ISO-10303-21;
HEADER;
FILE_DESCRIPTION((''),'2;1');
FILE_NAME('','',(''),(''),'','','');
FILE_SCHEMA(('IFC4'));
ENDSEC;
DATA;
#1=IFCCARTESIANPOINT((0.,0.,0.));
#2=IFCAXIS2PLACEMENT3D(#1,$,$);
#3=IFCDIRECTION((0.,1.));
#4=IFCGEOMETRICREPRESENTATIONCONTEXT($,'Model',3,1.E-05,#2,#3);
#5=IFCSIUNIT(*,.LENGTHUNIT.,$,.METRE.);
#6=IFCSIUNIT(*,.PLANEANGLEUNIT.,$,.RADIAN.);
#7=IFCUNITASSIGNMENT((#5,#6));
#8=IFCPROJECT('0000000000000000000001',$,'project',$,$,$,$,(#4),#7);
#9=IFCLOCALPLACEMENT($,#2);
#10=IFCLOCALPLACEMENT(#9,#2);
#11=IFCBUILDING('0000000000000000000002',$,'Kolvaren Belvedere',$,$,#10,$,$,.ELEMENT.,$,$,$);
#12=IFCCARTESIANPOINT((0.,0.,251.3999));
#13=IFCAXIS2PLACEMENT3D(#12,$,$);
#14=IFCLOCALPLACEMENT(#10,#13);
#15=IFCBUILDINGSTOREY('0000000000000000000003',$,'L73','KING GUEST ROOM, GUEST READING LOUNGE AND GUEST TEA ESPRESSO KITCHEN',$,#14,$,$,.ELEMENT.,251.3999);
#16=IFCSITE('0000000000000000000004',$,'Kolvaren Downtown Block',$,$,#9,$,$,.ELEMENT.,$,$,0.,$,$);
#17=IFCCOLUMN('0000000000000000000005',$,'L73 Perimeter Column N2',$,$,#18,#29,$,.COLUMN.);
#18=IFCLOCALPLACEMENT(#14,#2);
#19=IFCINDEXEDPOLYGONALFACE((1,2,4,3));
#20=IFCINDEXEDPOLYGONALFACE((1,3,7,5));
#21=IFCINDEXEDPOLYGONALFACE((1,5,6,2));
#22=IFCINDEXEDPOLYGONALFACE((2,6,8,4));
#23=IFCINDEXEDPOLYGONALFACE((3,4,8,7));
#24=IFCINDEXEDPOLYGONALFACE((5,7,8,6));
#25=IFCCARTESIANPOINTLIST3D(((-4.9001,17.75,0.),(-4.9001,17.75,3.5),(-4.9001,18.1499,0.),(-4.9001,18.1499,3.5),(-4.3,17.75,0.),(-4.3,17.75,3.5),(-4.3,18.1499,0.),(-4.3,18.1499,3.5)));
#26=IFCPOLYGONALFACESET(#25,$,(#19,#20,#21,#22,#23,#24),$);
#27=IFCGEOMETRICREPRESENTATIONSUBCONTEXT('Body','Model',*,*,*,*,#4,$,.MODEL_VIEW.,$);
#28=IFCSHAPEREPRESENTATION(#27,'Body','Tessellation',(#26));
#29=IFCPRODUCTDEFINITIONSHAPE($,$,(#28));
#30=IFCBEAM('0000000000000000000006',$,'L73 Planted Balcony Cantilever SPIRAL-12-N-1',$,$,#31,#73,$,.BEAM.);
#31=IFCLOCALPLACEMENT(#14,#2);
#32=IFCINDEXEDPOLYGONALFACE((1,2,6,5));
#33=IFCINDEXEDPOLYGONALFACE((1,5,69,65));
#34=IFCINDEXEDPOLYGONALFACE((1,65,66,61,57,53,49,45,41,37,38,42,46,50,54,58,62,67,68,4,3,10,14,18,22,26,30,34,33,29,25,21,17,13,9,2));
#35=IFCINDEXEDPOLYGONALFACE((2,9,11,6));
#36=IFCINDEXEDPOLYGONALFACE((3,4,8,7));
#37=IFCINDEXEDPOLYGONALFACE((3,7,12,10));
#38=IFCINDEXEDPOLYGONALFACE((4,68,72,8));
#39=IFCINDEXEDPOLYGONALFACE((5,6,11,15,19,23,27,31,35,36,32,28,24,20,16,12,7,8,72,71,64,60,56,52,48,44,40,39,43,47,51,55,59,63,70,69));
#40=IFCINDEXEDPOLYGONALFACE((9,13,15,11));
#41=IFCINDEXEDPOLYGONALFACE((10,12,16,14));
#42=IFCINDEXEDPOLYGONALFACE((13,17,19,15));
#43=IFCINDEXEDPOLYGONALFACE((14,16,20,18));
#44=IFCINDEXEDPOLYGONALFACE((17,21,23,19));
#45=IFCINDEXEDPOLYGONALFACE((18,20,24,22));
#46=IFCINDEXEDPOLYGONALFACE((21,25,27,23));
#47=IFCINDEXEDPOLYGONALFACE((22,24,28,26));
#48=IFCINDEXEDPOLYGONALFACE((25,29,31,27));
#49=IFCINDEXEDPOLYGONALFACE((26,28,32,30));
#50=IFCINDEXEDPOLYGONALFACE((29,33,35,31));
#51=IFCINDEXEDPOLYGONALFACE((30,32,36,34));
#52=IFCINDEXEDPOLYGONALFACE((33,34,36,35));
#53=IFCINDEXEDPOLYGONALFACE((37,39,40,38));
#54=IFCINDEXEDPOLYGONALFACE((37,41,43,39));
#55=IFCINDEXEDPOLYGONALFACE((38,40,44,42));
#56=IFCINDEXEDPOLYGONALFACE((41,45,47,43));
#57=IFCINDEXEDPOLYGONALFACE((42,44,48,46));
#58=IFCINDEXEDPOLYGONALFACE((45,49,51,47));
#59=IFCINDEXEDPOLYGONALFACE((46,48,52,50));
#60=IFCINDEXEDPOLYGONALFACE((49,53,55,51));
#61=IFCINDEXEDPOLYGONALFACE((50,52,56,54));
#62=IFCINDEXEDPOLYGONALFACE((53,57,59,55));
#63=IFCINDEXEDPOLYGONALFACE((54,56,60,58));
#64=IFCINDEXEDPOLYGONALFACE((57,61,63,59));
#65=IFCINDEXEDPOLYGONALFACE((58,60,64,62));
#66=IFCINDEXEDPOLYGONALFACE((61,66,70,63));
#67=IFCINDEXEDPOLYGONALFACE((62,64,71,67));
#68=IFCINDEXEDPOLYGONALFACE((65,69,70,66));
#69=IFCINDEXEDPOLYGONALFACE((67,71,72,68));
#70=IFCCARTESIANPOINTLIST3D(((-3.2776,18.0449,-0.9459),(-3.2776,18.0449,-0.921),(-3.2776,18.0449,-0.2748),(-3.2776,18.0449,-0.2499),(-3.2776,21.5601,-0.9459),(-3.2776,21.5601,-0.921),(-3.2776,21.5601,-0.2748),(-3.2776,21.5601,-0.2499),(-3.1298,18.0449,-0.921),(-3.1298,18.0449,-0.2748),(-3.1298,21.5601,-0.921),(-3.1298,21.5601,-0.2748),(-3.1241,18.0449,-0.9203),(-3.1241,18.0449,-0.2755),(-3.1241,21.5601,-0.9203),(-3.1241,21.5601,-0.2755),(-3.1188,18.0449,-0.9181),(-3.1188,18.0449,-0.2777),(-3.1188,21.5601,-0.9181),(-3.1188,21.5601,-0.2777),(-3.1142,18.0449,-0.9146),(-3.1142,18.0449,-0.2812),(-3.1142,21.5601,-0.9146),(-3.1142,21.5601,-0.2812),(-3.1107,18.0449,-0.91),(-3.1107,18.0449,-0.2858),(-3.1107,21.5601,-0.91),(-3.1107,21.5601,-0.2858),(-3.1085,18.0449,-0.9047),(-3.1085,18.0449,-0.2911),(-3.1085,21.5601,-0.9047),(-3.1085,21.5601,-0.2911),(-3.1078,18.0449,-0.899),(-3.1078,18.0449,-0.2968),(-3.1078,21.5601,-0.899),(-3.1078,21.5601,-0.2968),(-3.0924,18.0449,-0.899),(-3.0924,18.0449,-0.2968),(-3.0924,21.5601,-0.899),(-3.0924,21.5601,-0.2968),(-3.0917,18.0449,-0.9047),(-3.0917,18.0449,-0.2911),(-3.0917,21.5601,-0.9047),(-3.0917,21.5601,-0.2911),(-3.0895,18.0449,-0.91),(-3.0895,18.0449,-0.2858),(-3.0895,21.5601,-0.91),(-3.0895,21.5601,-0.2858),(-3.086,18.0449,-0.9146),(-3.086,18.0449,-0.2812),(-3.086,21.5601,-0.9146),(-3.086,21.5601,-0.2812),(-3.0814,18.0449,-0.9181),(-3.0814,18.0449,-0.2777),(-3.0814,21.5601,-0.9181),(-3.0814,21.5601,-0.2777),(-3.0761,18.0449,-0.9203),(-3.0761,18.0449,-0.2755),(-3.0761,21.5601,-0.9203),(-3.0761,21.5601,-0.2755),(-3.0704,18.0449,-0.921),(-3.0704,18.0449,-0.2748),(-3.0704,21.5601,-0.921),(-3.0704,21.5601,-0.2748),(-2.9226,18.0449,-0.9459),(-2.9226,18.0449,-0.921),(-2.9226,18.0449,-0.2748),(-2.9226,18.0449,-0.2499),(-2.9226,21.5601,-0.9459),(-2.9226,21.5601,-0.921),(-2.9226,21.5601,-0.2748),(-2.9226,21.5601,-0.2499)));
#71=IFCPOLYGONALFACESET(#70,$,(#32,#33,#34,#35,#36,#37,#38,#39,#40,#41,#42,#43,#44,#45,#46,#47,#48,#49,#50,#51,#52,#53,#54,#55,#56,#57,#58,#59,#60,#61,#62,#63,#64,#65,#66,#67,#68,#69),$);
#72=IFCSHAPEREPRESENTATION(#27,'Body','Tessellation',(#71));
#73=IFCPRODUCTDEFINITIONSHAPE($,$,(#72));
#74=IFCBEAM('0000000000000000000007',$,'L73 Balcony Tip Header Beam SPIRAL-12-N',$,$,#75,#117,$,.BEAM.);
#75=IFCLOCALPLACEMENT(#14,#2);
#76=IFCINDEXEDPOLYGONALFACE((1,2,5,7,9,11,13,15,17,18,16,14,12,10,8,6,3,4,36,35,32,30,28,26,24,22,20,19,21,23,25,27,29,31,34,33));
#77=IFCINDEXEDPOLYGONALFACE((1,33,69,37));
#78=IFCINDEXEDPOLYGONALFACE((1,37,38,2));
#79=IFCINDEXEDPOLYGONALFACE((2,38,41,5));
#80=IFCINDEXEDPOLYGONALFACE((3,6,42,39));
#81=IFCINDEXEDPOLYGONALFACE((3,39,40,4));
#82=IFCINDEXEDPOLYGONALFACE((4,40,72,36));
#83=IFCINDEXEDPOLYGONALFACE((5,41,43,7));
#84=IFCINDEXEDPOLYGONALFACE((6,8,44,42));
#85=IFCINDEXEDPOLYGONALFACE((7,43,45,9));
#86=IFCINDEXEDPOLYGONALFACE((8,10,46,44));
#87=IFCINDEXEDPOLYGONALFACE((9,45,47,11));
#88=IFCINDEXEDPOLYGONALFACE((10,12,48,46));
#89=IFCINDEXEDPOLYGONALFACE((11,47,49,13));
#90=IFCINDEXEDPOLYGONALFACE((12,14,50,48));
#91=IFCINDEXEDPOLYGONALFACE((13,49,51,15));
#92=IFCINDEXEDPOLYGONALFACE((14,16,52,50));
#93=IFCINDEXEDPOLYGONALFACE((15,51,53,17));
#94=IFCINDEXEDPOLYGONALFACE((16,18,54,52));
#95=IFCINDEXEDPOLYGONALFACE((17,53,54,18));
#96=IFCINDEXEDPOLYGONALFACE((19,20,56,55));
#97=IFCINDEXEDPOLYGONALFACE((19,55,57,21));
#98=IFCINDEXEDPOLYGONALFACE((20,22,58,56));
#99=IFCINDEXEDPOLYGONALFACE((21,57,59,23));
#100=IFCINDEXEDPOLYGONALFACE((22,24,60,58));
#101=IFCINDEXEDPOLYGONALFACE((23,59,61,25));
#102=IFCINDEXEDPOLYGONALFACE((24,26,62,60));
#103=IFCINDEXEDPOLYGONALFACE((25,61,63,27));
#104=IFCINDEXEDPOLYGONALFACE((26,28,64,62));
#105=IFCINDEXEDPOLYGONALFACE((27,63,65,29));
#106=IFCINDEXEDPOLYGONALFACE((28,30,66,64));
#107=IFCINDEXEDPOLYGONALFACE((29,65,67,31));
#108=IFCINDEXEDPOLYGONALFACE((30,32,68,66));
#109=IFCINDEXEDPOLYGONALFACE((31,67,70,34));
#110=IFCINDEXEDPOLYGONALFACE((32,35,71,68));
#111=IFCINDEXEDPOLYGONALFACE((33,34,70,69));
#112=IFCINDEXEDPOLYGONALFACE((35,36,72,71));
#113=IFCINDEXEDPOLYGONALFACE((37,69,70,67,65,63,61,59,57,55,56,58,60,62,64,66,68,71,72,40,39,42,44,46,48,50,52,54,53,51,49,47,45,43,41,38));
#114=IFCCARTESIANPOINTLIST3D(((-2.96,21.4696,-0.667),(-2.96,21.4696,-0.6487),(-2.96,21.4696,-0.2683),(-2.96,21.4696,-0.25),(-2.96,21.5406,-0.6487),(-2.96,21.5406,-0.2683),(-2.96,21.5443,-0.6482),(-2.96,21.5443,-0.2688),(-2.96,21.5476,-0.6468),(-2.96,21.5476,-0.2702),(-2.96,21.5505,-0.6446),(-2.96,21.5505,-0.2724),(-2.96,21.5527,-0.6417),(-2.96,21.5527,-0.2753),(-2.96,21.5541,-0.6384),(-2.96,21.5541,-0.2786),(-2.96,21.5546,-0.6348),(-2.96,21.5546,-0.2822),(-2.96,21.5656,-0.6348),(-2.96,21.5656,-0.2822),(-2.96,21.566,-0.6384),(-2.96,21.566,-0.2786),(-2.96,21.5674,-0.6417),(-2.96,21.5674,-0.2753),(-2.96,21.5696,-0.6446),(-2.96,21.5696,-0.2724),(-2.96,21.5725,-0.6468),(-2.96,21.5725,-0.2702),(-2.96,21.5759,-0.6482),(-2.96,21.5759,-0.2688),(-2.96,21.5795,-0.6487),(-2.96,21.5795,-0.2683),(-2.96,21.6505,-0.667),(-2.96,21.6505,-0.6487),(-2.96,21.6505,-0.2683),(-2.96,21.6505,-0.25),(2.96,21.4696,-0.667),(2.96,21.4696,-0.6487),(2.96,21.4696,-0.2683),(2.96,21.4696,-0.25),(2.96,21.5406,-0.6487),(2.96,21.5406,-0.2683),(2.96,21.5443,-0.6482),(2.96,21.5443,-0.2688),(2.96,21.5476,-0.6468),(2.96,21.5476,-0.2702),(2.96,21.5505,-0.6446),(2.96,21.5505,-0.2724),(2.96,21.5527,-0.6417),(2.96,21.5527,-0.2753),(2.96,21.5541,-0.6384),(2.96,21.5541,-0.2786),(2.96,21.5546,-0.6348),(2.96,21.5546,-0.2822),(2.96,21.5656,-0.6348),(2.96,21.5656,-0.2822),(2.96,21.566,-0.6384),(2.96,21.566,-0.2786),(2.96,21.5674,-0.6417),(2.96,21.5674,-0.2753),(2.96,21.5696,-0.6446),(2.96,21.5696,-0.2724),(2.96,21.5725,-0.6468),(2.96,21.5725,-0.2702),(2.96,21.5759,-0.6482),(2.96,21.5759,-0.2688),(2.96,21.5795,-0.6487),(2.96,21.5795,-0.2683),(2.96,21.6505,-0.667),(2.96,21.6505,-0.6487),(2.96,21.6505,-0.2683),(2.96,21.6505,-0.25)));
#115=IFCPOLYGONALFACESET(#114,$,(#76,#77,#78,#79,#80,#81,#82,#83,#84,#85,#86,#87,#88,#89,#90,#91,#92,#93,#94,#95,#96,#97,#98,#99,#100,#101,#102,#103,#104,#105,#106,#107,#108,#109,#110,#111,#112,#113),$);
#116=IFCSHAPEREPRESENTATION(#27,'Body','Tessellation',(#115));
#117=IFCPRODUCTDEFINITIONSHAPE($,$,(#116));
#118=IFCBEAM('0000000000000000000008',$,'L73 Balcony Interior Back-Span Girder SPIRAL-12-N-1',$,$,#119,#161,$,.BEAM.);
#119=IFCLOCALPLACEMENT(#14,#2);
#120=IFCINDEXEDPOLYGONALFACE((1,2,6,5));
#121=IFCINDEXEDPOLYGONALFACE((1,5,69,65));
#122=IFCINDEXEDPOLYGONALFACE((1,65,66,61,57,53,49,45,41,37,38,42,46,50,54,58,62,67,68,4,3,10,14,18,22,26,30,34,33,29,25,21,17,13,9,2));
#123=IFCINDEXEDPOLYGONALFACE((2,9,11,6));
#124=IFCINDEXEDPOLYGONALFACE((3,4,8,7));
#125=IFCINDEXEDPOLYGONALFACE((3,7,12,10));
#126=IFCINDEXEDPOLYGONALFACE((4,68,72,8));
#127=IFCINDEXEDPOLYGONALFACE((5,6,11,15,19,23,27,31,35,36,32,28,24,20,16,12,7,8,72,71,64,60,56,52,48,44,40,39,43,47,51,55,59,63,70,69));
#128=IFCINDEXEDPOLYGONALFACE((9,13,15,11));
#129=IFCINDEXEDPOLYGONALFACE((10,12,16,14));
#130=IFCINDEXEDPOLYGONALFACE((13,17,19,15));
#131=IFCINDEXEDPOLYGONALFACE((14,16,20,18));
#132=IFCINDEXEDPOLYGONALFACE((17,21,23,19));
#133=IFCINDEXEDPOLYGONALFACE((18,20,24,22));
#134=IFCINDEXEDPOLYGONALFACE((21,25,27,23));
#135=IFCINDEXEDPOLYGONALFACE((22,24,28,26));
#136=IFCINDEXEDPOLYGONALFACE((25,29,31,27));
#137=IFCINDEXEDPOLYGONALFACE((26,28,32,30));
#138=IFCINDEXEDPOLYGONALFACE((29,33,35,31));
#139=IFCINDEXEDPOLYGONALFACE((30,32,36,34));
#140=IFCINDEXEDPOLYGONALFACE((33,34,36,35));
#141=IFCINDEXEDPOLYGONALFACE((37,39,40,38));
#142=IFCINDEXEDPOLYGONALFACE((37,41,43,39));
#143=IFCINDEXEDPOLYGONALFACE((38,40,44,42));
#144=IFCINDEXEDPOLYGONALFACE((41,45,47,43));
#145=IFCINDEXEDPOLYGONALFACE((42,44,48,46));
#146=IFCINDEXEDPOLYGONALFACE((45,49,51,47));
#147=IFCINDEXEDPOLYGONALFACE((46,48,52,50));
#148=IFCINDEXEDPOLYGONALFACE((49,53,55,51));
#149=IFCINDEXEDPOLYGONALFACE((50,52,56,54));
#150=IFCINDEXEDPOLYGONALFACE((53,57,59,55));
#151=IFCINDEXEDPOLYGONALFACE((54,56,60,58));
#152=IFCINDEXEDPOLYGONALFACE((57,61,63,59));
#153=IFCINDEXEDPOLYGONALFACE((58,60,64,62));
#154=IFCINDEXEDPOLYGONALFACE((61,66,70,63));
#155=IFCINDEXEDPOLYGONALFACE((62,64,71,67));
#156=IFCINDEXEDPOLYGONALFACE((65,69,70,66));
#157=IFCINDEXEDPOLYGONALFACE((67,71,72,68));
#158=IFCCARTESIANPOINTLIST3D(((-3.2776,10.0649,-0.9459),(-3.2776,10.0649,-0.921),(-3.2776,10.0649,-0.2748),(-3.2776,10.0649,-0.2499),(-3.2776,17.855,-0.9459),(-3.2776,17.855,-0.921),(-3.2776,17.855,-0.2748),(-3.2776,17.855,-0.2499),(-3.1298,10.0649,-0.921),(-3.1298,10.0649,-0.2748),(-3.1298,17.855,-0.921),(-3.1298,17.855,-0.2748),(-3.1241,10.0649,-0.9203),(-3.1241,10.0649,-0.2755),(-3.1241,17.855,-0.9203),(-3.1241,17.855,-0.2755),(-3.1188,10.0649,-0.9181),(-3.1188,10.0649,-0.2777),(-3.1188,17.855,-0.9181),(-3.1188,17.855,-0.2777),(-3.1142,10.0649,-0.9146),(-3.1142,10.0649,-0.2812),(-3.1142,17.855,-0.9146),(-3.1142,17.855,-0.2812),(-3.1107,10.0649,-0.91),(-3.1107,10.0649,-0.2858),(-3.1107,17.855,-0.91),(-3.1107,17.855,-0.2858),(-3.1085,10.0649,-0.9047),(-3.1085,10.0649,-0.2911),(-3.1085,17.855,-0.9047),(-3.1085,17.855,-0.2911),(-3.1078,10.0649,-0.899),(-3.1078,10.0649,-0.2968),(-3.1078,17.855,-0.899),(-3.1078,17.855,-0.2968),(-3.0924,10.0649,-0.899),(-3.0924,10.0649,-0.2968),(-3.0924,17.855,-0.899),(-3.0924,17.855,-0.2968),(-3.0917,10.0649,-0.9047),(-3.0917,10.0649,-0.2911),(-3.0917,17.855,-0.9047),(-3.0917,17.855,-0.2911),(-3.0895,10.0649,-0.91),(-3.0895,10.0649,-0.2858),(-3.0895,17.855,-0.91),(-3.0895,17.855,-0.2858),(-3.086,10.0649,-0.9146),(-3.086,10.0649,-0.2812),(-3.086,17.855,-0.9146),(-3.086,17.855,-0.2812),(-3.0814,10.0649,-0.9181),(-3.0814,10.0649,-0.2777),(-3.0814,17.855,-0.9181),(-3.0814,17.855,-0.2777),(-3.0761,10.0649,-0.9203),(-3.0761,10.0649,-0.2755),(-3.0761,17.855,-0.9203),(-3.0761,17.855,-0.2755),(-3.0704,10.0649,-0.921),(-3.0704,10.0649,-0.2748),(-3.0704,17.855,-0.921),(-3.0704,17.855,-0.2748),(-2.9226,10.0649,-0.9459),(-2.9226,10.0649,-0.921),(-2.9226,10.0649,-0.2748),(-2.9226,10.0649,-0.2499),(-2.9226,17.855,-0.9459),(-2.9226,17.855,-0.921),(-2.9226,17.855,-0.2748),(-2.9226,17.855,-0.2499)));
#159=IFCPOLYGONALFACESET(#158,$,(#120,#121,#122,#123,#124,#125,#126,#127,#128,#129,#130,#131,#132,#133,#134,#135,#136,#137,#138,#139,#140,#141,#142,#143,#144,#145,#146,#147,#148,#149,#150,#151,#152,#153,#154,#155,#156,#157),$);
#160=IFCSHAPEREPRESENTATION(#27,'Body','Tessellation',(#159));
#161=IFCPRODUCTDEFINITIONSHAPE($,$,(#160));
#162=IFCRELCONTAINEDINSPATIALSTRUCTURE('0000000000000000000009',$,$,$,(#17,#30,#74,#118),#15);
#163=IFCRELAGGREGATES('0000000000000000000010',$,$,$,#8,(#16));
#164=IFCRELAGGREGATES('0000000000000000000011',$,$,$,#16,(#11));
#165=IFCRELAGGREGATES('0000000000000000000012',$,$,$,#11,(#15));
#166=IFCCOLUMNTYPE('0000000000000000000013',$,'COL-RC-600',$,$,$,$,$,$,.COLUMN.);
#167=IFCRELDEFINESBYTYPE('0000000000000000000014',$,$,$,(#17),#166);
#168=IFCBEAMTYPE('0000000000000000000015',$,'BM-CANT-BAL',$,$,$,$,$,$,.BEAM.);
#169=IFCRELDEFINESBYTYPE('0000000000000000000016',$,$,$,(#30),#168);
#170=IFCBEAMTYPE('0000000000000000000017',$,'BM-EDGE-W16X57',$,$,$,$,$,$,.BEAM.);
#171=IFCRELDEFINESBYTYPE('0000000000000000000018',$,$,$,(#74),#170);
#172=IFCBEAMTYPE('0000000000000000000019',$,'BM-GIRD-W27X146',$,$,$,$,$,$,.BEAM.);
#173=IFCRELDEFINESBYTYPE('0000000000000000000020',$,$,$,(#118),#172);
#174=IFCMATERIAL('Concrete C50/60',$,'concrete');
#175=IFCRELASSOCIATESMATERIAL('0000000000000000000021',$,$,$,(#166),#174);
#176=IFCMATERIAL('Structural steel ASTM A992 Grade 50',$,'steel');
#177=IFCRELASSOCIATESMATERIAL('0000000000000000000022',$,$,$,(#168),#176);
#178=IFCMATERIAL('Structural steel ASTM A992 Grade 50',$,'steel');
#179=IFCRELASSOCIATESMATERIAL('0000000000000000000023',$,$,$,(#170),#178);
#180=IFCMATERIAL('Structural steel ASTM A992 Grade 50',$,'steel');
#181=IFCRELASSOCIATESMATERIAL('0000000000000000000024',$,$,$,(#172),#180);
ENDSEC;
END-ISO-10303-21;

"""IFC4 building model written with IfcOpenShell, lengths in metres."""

from ifc_helpers import new_model, si_unit, direction, frame, origin, origin_2d, place, context, subcontext, project, spatial, rectangle, i_section, extrude, material, material_profile, profile_set, type_object, element, save


model = new_model("IFC4")

# Units and contexts
model_context = context("Model", 3, precision=1e-05, world=origin(), true_north=direction((0.0, 1.0)))
body_context = subcontext(model_context, "Body", "Model", "MODEL_VIEW")
ifc_project = project(units=[si_unit("LENGTHUNIT", "METRE"), si_unit("PLANEANGLEUNIT", "RADIAN")], contexts=[model_context])

# Site, building, storey
site_placement = place(None, origin())
site = spatial("IfcSite", under=ifc_project, at=site_placement, Name="Kolvaren Downtown Block", CompositionType="ELEMENT", RefElevation=0.0)
building_placement = place(site_placement, origin())
building = spatial("IfcBuilding", under=site, at=building_placement, Name="Kolvaren Belvedere", CompositionType="ELEMENT")
storey_placement = place(building_placement, frame((0.0, 0.0, 251.3999)))
storey = spatial("IfcBuildingStorey", under=building, at=storey_placement, Name="L73", Description="KING GUEST ROOM, GUEST READING LOUNGE AND GUEST TEA ESPRESSO KITCHEN", CompositionType="ELEMENT", Elevation=251.3999)

# Column
ifc_material_1 = material(Name="Concrete C50/60", Category="concrete")
ifc_material_profile_1 = material_profile(ifc_material_1, rectangle(XDim=0.6001, YDim=0.3999, at=origin_2d()), Name="RC 600X400")
ifc_profile_set_1 = profile_set([ifc_material_profile_1], Name="Concrete C50/60")
column_type = type_object("IfcColumnType", Name="COL-RC-600", PredefinedType="COLUMN", material=ifc_profile_set_1)
column_placement = place(storey_placement, frame((-4.6001, 17.95, 0.0), z_axis=(0.0, 0.0, 1.0), x_axis=(1.0, 0.0, 0.0)))
element("IfcColumn", 1, at=column_placement, inside=storey, type_object=column_type, Name="L73 Perimeter Column N2", PredefinedType="COLUMN", context=body_context, shape_type="SweptSolid", body=[
    extrude(rectangle(XDim=0.6001, YDim=0.3999, at=origin_2d()), origin(), (0.0, 0.0, 1.0), 3.5),
])

# Beams
ifc_material_2 = material(Name="Structural steel ASTM A992 Grade 50", Category="steel")
ifc_material_profile_2 = material_profile(ifc_material_2, i_section(OverallWidth=0.355, OverallDepth=0.696, WebThickness=0.0154, FlangeThickness=0.0249, FilletRadius=0.022, at=origin_2d()), Name="W27X146")
ifc_profile_set_2 = profile_set([ifc_material_profile_2], Name="Structural steel ASTM A992 Grade 50")
beam_type_1 = type_object("IfcBeamType", Name="BM-CANT-BAL", PredefinedType="BEAM", material=ifc_profile_set_2)
beam_1_placement = place(storey_placement, frame((-3.1001, 18.0449, -0.5979), z_axis=(0.0, 1.0, 0.0), x_axis=(-1.0, 0.0, 0.0)))
element("IfcBeam", 2, at=beam_1_placement, inside=storey, type_object=beam_type_1, Name="L73 Planted Balcony Cantilever SPIRAL-12-N-1", PredefinedType="BEAM", context=body_context, shape_type="SweptSolid", body=[
    extrude(i_section(OverallWidth=0.355, OverallDepth=0.696, WebThickness=0.0154, FlangeThickness=0.0249, FilletRadius=0.022, at=origin_2d()), origin(), (0.0, 0.0, 1.0), 3.5151),
])
ifc_material_3 = material(Name="Structural steel ASTM A992 Grade 50", Category="steel")
ifc_material_profile_3 = material_profile(ifc_material_3, i_section(OverallWidth=0.1809, OverallDepth=0.417, WebThickness=0.011, FlangeThickness=0.0183, FilletRadius=0.0139, at=origin_2d()), Name="W16X57")
ifc_profile_set_3 = profile_set([ifc_material_profile_3], Name="Structural steel ASTM A992 Grade 50")
beam_type_2 = type_object("IfcBeamType", Name="BM-EDGE-W16X57", PredefinedType="BEAM", material=ifc_profile_set_3)
beam_2_placement = place(storey_placement, frame((-2.96, 21.5601, -0.4585), z_axis=(1.0, 0.0, 0.0), x_axis=(0.0, 1.0, 0.0)))
element("IfcBeam", 3, at=beam_2_placement, inside=storey, type_object=beam_type_2, Name="L73 Balcony Tip Header Beam SPIRAL-12-N", PredefinedType="BEAM", context=body_context, shape_type="SweptSolid", body=[
    extrude(i_section(OverallWidth=0.1809, OverallDepth=0.417, WebThickness=0.011, FlangeThickness=0.0183, FilletRadius=0.0139, at=origin_2d()), origin(), (0.0, 0.0, 1.0), 5.9199),
])
ifc_material_4 = material(Name="Structural steel ASTM A992 Grade 50", Category="steel")
ifc_material_profile_4 = material_profile(ifc_material_4, i_section(OverallWidth=0.355, OverallDepth=0.696, WebThickness=0.0154, FlangeThickness=0.0249, FilletRadius=0.022, at=origin_2d()), Name="W27X146")
ifc_profile_set_4 = profile_set([ifc_material_profile_4], Name="Structural steel ASTM A992 Grade 50")
beam_type_3 = type_object("IfcBeamType", Name="BM-GIRD-W27X146", PredefinedType="BEAM", material=ifc_profile_set_4)
beam_3_placement = place(storey_placement, frame((-3.1001, 10.0649, -0.5979), z_axis=(0.0, 1.0, 0.0), x_axis=(-1.0, 0.0, 0.0)))
element("IfcBeam", 4, at=beam_3_placement, inside=storey, type_object=beam_type_3, Name="L73 Balcony Interior Back-Span Girder SPIRAL-12-N-1", PredefinedType="BEAM", context=body_context, shape_type="SweptSolid", body=[
    extrude(i_section(OverallWidth=0.355, OverallDepth=0.696, WebThickness=0.0154, FlangeThickness=0.0249, FilletRadius=0.022, at=origin_2d()), origin(), (0.0, 0.0, 1.0), 7.79),
])

save(model, "model.ifc")
